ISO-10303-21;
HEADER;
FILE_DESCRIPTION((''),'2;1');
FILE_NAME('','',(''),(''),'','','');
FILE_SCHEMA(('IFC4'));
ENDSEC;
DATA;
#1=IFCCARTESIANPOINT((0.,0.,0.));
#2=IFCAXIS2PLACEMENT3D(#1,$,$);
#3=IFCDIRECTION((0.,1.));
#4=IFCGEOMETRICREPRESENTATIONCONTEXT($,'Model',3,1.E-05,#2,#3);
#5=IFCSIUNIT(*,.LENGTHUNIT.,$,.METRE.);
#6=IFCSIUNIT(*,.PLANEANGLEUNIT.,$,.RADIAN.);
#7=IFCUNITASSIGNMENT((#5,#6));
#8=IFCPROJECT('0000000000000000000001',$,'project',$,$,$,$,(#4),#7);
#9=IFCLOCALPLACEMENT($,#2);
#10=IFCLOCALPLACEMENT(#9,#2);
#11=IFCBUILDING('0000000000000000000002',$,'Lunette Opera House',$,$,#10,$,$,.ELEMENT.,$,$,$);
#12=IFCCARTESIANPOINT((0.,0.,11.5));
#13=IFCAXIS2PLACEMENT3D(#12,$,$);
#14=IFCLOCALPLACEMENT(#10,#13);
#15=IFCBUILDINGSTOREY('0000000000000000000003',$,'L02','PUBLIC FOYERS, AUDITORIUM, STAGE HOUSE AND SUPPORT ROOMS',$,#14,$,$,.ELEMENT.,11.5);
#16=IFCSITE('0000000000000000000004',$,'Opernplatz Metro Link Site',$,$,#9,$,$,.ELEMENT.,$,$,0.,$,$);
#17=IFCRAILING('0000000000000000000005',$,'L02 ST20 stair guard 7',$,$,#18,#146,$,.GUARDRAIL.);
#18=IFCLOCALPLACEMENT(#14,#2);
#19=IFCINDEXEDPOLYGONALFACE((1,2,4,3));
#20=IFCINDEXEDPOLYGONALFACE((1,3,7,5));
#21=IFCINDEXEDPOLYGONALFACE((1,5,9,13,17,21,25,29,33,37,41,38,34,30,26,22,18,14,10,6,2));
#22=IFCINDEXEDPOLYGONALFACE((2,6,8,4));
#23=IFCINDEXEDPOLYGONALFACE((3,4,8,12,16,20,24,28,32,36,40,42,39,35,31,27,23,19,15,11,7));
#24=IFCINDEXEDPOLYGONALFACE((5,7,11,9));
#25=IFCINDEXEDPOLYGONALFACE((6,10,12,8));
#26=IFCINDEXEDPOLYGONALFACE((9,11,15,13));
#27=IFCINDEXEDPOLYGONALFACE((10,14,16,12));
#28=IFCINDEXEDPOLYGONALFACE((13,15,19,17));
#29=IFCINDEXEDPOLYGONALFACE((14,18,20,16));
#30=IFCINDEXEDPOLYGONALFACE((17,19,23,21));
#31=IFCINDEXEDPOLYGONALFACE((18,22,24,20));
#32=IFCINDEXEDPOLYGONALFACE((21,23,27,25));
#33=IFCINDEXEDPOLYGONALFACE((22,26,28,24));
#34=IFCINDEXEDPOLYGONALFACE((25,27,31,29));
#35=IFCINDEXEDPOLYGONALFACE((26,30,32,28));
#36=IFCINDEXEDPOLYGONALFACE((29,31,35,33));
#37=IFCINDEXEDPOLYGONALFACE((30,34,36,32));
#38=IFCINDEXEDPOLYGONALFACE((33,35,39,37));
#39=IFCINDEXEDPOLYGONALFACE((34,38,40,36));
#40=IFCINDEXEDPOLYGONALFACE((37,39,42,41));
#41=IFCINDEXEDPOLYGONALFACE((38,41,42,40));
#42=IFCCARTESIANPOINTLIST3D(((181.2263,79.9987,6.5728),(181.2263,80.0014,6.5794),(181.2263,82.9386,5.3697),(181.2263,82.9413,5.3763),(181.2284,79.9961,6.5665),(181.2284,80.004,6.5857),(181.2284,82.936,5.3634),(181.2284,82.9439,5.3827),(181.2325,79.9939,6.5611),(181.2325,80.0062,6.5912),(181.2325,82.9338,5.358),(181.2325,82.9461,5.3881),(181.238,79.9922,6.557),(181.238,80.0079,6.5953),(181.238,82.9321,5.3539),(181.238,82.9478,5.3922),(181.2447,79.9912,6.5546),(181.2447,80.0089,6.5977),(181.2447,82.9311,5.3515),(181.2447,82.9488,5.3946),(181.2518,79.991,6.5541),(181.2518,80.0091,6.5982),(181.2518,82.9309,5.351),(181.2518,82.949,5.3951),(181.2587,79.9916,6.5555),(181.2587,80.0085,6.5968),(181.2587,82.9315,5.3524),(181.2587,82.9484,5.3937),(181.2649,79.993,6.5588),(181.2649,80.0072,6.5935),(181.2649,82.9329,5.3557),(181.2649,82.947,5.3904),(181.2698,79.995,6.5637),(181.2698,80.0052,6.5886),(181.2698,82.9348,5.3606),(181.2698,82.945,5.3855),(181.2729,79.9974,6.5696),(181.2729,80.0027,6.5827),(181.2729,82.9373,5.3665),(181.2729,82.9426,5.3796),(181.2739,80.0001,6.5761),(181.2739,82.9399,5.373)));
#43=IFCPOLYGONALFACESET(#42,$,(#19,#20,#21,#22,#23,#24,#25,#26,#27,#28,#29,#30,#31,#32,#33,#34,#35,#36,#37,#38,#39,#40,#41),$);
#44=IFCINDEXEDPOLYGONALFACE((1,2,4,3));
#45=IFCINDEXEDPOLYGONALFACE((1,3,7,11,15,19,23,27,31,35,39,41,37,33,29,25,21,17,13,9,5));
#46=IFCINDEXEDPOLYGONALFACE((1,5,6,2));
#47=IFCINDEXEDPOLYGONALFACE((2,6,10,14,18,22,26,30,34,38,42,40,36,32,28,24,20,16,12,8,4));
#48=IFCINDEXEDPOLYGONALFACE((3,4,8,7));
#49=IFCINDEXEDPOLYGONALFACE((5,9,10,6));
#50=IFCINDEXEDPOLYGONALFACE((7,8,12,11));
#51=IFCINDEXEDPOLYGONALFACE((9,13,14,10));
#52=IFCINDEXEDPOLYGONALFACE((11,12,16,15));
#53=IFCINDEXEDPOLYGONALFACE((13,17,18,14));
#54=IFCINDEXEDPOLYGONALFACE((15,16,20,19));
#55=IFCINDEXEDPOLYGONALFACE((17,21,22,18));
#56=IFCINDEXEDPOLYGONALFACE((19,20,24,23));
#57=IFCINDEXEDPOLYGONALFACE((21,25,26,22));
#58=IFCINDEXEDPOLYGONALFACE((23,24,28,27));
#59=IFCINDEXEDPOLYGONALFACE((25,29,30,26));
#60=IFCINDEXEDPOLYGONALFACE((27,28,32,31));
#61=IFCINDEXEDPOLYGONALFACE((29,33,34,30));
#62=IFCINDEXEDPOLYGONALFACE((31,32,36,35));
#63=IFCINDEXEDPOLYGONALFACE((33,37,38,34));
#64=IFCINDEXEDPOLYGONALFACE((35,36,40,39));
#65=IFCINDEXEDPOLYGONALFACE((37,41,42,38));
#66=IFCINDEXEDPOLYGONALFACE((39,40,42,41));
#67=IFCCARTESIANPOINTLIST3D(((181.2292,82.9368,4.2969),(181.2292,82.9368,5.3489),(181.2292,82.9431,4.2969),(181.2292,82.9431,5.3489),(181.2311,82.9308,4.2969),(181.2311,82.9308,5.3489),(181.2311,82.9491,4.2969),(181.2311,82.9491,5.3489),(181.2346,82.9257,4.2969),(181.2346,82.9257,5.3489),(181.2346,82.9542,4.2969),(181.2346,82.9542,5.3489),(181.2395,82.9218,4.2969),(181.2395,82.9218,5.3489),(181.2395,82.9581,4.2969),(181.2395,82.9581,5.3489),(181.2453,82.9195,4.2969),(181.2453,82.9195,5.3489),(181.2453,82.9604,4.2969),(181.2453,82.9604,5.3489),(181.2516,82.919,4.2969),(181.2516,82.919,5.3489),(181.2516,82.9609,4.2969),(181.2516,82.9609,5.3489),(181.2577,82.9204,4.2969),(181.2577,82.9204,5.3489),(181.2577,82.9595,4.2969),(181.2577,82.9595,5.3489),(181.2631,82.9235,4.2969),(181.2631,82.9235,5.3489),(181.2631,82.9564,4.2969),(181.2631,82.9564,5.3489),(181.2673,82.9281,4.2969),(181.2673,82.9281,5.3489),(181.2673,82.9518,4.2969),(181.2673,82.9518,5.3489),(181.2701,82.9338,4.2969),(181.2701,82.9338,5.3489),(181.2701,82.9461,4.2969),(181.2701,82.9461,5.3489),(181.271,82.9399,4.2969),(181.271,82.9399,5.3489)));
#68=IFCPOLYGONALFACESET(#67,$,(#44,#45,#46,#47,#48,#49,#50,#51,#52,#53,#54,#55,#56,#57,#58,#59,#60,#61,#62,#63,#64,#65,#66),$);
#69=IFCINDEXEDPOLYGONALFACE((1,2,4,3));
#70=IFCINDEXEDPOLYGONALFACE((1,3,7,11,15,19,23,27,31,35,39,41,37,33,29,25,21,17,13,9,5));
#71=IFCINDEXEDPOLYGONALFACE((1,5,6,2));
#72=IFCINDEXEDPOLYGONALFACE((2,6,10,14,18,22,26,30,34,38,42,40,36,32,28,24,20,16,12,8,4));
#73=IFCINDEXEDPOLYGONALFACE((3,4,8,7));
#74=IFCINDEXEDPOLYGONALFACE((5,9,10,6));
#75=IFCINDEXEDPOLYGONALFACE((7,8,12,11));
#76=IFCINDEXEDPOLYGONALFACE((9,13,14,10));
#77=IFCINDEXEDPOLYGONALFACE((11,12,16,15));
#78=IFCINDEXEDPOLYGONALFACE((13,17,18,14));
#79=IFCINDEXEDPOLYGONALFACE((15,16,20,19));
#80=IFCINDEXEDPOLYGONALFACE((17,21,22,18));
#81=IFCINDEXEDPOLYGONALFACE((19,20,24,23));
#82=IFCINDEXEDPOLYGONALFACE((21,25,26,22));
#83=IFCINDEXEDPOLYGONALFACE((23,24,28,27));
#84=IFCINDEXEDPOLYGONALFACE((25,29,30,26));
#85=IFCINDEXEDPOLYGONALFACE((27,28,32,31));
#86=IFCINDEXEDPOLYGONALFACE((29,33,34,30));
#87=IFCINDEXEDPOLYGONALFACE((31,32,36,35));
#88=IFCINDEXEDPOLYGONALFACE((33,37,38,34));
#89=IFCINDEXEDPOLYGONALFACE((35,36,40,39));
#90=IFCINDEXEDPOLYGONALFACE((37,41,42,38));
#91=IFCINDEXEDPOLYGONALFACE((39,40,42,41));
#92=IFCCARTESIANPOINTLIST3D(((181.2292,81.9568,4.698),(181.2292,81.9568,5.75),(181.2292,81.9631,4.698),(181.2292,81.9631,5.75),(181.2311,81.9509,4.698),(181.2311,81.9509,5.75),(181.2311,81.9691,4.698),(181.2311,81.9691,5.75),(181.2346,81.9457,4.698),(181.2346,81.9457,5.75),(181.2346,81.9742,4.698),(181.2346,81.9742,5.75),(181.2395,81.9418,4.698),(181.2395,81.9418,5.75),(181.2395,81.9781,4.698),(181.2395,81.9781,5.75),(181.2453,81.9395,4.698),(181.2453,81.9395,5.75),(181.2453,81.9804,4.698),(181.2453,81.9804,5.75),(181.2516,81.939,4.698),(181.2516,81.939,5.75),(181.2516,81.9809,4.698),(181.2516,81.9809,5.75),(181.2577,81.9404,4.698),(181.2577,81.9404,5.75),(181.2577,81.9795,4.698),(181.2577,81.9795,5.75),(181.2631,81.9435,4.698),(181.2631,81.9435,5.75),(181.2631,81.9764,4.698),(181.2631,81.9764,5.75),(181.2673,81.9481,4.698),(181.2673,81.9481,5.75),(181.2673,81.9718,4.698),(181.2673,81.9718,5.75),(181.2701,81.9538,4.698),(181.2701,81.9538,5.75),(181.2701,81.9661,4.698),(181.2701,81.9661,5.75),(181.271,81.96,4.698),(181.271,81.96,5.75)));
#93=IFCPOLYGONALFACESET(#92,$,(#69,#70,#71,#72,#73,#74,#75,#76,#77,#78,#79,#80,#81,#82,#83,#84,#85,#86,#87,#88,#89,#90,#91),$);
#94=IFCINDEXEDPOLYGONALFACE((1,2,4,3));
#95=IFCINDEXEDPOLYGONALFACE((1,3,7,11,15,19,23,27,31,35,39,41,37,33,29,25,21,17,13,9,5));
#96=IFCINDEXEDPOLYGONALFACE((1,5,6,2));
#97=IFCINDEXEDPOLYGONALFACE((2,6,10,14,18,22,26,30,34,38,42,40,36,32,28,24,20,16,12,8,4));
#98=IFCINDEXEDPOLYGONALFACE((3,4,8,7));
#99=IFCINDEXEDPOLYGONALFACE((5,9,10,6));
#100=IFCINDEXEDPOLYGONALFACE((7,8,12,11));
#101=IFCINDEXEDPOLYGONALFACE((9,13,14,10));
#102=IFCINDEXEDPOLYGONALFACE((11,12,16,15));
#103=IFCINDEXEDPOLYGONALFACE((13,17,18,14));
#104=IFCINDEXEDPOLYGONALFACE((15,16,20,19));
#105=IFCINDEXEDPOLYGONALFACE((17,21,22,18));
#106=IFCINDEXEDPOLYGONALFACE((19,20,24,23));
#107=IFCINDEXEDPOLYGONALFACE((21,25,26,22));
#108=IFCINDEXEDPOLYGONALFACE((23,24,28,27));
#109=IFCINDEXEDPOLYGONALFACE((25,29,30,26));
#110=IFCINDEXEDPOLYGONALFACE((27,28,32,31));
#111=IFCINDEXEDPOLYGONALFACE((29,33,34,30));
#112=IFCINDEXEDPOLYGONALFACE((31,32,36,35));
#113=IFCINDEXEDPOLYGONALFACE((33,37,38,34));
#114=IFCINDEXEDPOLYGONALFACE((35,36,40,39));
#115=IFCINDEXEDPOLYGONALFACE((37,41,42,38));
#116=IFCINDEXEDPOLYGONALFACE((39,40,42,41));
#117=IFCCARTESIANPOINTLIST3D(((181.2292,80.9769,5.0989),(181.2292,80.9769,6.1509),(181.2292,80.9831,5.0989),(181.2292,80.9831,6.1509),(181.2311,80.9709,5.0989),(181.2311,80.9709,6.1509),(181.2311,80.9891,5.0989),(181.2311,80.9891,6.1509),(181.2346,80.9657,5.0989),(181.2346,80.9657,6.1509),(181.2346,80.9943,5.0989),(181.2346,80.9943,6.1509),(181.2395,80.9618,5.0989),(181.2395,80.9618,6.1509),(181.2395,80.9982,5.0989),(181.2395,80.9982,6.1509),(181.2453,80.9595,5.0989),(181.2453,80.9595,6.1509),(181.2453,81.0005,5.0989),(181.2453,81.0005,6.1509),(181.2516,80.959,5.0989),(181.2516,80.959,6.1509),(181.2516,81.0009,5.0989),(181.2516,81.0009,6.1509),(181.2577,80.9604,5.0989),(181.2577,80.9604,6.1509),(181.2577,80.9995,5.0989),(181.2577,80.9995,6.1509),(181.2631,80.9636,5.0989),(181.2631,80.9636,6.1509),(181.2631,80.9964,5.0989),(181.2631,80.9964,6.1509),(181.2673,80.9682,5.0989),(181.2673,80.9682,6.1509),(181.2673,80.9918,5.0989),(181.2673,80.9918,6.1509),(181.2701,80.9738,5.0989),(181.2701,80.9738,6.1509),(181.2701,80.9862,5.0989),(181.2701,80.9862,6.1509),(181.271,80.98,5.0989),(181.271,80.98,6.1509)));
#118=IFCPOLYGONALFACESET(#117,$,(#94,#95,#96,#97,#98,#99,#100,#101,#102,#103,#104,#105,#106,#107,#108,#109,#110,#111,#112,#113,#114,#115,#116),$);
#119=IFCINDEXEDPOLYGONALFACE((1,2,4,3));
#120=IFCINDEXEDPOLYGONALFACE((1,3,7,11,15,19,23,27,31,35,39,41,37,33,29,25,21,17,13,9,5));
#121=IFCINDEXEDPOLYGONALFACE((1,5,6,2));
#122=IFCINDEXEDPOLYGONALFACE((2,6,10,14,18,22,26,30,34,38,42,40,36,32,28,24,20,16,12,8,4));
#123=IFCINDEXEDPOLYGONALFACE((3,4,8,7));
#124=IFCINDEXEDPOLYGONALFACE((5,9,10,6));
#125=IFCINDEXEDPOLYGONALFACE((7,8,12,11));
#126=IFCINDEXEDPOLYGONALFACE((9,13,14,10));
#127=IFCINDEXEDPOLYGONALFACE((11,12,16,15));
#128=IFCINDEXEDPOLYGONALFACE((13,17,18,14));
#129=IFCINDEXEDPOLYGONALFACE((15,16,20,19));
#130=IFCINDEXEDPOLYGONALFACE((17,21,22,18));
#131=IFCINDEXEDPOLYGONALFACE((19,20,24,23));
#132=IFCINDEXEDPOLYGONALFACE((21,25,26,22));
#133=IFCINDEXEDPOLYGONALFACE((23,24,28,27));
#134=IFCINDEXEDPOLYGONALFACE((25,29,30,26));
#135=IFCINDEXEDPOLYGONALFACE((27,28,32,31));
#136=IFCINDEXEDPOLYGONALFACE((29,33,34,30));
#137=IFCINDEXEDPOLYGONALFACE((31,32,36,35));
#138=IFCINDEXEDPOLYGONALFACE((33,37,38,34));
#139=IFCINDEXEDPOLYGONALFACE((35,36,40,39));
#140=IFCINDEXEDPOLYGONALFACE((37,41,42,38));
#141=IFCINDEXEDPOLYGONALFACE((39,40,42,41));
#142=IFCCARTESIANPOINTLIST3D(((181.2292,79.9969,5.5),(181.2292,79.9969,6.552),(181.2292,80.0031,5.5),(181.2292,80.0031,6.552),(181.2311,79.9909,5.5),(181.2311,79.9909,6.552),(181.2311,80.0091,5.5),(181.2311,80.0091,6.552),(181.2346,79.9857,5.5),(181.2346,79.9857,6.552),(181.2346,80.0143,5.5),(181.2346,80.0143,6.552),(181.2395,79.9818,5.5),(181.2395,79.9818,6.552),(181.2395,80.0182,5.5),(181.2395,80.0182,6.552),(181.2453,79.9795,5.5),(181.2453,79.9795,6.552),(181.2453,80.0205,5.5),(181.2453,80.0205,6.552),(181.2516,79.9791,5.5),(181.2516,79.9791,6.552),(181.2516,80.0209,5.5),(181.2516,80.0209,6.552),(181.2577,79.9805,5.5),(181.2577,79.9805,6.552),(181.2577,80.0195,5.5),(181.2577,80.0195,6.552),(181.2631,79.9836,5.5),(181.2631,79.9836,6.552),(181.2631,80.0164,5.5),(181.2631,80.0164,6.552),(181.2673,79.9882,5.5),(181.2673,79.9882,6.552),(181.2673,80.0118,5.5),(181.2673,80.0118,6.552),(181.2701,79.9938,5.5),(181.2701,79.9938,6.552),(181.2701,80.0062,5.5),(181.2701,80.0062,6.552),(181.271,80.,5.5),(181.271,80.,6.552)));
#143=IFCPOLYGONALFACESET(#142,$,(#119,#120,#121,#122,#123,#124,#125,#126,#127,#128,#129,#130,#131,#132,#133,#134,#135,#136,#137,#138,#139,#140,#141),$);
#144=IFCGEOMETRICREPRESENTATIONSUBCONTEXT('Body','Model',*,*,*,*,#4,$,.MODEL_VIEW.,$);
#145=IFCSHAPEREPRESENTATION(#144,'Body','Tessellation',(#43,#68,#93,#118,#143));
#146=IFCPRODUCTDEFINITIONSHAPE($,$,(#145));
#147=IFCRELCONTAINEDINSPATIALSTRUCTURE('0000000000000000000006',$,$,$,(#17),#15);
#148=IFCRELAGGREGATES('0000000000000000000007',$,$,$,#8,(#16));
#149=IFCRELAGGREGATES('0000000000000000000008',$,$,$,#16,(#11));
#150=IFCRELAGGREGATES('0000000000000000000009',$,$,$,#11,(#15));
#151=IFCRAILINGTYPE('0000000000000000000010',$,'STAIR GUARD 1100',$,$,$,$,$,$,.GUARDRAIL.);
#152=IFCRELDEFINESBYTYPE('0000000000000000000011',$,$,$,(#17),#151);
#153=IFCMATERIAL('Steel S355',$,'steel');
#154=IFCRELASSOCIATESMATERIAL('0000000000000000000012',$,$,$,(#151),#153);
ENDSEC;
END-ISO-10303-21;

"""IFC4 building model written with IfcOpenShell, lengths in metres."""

from ifc_helpers import new_model, si_unit, direction, frame, origin, origin_2d, place, context, subcontext, project, spatial, circle, extrude, material, type_object, element, save


model = new_model("IFC4")

# Units and contexts
model_context = context("Model", 3, precision=1e-05, world=origin(), true_north=direction((0.0, 1.0)))
body_context = subcontext(model_context, "Body", "Model", "MODEL_VIEW")
ifc_project = project(units=[si_unit("LENGTHUNIT", "METRE"), si_unit("PLANEANGLEUNIT", "RADIAN")], contexts=[model_context])

# Site, building, storey
site_placement = place(None, origin())
site = spatial("IfcSite", under=ifc_project, at=site_placement, Name="Opernplatz Metro Link Site", CompositionType="ELEMENT", RefElevation=0.0)
building_placement = place(site_placement, origin())
building = spatial("IfcBuilding", under=site, at=building_placement, Name="Lunette Opera House", CompositionType="ELEMENT")
storey_placement = place(building_placement, frame((0.0, 0.0, 11.5)))
storey = spatial("IfcBuildingStorey", under=building, at=storey_placement, Name="L02", Description="PUBLIC FOYERS, AUDITORIUM, STAGE HOUSE AND SUPPORT ROOMS", CompositionType="ELEMENT", Elevation=11.5)

# Railing
ifc_material_1 = material(Name="Steel S355", Category="steel")
railing_type_1 = type_object("IfcRailingType", Name="STAIR GUARD 1100", PredefinedType="GUARDRAIL", material=ifc_material_1)
railing_1_placement = place(storey_placement, frame((181.25, 82.9399, 4.2969)))
element("IfcRailing", 1, at=railing_1_placement, inside=storey, type_object=railing_type_1, Name="L02 ST20 stair guard 7", PredefinedType="GUARDRAIL", context=body_context, shape_type="SweptSolid", body=[
    extrude(circle(Radius=0.0239, at=origin_2d()), frame((0.0, 0.0, 1.0762), z_axis=(0.0, -0.9255, 0.378747), x_axis=(1.0, 0.0, 0.0)), (0.0, 0.0, 1.0), 3.1765),
    extrude(circle(Radius=0.021, at=origin_2d()), origin(), (0.0, 0.0, 1.0), 1.052),
    extrude(circle(Radius=0.021, at=origin_2d()), frame((0.0, -0.98, 0.4011)), (0.0, 0.0, 1.0), 1.052),
    extrude(circle(Radius=0.021, at=origin_2d()), frame((0.0, -1.96, 0.802)), (0.0, 0.0, 1.0), 1.052),
    extrude(circle(Radius=0.021, at=origin_2d()), frame((0.0, -2.9399, 1.2031)), (0.0, 0.0, 1.0), 1.052),
])

save(model, "model.ifc")
